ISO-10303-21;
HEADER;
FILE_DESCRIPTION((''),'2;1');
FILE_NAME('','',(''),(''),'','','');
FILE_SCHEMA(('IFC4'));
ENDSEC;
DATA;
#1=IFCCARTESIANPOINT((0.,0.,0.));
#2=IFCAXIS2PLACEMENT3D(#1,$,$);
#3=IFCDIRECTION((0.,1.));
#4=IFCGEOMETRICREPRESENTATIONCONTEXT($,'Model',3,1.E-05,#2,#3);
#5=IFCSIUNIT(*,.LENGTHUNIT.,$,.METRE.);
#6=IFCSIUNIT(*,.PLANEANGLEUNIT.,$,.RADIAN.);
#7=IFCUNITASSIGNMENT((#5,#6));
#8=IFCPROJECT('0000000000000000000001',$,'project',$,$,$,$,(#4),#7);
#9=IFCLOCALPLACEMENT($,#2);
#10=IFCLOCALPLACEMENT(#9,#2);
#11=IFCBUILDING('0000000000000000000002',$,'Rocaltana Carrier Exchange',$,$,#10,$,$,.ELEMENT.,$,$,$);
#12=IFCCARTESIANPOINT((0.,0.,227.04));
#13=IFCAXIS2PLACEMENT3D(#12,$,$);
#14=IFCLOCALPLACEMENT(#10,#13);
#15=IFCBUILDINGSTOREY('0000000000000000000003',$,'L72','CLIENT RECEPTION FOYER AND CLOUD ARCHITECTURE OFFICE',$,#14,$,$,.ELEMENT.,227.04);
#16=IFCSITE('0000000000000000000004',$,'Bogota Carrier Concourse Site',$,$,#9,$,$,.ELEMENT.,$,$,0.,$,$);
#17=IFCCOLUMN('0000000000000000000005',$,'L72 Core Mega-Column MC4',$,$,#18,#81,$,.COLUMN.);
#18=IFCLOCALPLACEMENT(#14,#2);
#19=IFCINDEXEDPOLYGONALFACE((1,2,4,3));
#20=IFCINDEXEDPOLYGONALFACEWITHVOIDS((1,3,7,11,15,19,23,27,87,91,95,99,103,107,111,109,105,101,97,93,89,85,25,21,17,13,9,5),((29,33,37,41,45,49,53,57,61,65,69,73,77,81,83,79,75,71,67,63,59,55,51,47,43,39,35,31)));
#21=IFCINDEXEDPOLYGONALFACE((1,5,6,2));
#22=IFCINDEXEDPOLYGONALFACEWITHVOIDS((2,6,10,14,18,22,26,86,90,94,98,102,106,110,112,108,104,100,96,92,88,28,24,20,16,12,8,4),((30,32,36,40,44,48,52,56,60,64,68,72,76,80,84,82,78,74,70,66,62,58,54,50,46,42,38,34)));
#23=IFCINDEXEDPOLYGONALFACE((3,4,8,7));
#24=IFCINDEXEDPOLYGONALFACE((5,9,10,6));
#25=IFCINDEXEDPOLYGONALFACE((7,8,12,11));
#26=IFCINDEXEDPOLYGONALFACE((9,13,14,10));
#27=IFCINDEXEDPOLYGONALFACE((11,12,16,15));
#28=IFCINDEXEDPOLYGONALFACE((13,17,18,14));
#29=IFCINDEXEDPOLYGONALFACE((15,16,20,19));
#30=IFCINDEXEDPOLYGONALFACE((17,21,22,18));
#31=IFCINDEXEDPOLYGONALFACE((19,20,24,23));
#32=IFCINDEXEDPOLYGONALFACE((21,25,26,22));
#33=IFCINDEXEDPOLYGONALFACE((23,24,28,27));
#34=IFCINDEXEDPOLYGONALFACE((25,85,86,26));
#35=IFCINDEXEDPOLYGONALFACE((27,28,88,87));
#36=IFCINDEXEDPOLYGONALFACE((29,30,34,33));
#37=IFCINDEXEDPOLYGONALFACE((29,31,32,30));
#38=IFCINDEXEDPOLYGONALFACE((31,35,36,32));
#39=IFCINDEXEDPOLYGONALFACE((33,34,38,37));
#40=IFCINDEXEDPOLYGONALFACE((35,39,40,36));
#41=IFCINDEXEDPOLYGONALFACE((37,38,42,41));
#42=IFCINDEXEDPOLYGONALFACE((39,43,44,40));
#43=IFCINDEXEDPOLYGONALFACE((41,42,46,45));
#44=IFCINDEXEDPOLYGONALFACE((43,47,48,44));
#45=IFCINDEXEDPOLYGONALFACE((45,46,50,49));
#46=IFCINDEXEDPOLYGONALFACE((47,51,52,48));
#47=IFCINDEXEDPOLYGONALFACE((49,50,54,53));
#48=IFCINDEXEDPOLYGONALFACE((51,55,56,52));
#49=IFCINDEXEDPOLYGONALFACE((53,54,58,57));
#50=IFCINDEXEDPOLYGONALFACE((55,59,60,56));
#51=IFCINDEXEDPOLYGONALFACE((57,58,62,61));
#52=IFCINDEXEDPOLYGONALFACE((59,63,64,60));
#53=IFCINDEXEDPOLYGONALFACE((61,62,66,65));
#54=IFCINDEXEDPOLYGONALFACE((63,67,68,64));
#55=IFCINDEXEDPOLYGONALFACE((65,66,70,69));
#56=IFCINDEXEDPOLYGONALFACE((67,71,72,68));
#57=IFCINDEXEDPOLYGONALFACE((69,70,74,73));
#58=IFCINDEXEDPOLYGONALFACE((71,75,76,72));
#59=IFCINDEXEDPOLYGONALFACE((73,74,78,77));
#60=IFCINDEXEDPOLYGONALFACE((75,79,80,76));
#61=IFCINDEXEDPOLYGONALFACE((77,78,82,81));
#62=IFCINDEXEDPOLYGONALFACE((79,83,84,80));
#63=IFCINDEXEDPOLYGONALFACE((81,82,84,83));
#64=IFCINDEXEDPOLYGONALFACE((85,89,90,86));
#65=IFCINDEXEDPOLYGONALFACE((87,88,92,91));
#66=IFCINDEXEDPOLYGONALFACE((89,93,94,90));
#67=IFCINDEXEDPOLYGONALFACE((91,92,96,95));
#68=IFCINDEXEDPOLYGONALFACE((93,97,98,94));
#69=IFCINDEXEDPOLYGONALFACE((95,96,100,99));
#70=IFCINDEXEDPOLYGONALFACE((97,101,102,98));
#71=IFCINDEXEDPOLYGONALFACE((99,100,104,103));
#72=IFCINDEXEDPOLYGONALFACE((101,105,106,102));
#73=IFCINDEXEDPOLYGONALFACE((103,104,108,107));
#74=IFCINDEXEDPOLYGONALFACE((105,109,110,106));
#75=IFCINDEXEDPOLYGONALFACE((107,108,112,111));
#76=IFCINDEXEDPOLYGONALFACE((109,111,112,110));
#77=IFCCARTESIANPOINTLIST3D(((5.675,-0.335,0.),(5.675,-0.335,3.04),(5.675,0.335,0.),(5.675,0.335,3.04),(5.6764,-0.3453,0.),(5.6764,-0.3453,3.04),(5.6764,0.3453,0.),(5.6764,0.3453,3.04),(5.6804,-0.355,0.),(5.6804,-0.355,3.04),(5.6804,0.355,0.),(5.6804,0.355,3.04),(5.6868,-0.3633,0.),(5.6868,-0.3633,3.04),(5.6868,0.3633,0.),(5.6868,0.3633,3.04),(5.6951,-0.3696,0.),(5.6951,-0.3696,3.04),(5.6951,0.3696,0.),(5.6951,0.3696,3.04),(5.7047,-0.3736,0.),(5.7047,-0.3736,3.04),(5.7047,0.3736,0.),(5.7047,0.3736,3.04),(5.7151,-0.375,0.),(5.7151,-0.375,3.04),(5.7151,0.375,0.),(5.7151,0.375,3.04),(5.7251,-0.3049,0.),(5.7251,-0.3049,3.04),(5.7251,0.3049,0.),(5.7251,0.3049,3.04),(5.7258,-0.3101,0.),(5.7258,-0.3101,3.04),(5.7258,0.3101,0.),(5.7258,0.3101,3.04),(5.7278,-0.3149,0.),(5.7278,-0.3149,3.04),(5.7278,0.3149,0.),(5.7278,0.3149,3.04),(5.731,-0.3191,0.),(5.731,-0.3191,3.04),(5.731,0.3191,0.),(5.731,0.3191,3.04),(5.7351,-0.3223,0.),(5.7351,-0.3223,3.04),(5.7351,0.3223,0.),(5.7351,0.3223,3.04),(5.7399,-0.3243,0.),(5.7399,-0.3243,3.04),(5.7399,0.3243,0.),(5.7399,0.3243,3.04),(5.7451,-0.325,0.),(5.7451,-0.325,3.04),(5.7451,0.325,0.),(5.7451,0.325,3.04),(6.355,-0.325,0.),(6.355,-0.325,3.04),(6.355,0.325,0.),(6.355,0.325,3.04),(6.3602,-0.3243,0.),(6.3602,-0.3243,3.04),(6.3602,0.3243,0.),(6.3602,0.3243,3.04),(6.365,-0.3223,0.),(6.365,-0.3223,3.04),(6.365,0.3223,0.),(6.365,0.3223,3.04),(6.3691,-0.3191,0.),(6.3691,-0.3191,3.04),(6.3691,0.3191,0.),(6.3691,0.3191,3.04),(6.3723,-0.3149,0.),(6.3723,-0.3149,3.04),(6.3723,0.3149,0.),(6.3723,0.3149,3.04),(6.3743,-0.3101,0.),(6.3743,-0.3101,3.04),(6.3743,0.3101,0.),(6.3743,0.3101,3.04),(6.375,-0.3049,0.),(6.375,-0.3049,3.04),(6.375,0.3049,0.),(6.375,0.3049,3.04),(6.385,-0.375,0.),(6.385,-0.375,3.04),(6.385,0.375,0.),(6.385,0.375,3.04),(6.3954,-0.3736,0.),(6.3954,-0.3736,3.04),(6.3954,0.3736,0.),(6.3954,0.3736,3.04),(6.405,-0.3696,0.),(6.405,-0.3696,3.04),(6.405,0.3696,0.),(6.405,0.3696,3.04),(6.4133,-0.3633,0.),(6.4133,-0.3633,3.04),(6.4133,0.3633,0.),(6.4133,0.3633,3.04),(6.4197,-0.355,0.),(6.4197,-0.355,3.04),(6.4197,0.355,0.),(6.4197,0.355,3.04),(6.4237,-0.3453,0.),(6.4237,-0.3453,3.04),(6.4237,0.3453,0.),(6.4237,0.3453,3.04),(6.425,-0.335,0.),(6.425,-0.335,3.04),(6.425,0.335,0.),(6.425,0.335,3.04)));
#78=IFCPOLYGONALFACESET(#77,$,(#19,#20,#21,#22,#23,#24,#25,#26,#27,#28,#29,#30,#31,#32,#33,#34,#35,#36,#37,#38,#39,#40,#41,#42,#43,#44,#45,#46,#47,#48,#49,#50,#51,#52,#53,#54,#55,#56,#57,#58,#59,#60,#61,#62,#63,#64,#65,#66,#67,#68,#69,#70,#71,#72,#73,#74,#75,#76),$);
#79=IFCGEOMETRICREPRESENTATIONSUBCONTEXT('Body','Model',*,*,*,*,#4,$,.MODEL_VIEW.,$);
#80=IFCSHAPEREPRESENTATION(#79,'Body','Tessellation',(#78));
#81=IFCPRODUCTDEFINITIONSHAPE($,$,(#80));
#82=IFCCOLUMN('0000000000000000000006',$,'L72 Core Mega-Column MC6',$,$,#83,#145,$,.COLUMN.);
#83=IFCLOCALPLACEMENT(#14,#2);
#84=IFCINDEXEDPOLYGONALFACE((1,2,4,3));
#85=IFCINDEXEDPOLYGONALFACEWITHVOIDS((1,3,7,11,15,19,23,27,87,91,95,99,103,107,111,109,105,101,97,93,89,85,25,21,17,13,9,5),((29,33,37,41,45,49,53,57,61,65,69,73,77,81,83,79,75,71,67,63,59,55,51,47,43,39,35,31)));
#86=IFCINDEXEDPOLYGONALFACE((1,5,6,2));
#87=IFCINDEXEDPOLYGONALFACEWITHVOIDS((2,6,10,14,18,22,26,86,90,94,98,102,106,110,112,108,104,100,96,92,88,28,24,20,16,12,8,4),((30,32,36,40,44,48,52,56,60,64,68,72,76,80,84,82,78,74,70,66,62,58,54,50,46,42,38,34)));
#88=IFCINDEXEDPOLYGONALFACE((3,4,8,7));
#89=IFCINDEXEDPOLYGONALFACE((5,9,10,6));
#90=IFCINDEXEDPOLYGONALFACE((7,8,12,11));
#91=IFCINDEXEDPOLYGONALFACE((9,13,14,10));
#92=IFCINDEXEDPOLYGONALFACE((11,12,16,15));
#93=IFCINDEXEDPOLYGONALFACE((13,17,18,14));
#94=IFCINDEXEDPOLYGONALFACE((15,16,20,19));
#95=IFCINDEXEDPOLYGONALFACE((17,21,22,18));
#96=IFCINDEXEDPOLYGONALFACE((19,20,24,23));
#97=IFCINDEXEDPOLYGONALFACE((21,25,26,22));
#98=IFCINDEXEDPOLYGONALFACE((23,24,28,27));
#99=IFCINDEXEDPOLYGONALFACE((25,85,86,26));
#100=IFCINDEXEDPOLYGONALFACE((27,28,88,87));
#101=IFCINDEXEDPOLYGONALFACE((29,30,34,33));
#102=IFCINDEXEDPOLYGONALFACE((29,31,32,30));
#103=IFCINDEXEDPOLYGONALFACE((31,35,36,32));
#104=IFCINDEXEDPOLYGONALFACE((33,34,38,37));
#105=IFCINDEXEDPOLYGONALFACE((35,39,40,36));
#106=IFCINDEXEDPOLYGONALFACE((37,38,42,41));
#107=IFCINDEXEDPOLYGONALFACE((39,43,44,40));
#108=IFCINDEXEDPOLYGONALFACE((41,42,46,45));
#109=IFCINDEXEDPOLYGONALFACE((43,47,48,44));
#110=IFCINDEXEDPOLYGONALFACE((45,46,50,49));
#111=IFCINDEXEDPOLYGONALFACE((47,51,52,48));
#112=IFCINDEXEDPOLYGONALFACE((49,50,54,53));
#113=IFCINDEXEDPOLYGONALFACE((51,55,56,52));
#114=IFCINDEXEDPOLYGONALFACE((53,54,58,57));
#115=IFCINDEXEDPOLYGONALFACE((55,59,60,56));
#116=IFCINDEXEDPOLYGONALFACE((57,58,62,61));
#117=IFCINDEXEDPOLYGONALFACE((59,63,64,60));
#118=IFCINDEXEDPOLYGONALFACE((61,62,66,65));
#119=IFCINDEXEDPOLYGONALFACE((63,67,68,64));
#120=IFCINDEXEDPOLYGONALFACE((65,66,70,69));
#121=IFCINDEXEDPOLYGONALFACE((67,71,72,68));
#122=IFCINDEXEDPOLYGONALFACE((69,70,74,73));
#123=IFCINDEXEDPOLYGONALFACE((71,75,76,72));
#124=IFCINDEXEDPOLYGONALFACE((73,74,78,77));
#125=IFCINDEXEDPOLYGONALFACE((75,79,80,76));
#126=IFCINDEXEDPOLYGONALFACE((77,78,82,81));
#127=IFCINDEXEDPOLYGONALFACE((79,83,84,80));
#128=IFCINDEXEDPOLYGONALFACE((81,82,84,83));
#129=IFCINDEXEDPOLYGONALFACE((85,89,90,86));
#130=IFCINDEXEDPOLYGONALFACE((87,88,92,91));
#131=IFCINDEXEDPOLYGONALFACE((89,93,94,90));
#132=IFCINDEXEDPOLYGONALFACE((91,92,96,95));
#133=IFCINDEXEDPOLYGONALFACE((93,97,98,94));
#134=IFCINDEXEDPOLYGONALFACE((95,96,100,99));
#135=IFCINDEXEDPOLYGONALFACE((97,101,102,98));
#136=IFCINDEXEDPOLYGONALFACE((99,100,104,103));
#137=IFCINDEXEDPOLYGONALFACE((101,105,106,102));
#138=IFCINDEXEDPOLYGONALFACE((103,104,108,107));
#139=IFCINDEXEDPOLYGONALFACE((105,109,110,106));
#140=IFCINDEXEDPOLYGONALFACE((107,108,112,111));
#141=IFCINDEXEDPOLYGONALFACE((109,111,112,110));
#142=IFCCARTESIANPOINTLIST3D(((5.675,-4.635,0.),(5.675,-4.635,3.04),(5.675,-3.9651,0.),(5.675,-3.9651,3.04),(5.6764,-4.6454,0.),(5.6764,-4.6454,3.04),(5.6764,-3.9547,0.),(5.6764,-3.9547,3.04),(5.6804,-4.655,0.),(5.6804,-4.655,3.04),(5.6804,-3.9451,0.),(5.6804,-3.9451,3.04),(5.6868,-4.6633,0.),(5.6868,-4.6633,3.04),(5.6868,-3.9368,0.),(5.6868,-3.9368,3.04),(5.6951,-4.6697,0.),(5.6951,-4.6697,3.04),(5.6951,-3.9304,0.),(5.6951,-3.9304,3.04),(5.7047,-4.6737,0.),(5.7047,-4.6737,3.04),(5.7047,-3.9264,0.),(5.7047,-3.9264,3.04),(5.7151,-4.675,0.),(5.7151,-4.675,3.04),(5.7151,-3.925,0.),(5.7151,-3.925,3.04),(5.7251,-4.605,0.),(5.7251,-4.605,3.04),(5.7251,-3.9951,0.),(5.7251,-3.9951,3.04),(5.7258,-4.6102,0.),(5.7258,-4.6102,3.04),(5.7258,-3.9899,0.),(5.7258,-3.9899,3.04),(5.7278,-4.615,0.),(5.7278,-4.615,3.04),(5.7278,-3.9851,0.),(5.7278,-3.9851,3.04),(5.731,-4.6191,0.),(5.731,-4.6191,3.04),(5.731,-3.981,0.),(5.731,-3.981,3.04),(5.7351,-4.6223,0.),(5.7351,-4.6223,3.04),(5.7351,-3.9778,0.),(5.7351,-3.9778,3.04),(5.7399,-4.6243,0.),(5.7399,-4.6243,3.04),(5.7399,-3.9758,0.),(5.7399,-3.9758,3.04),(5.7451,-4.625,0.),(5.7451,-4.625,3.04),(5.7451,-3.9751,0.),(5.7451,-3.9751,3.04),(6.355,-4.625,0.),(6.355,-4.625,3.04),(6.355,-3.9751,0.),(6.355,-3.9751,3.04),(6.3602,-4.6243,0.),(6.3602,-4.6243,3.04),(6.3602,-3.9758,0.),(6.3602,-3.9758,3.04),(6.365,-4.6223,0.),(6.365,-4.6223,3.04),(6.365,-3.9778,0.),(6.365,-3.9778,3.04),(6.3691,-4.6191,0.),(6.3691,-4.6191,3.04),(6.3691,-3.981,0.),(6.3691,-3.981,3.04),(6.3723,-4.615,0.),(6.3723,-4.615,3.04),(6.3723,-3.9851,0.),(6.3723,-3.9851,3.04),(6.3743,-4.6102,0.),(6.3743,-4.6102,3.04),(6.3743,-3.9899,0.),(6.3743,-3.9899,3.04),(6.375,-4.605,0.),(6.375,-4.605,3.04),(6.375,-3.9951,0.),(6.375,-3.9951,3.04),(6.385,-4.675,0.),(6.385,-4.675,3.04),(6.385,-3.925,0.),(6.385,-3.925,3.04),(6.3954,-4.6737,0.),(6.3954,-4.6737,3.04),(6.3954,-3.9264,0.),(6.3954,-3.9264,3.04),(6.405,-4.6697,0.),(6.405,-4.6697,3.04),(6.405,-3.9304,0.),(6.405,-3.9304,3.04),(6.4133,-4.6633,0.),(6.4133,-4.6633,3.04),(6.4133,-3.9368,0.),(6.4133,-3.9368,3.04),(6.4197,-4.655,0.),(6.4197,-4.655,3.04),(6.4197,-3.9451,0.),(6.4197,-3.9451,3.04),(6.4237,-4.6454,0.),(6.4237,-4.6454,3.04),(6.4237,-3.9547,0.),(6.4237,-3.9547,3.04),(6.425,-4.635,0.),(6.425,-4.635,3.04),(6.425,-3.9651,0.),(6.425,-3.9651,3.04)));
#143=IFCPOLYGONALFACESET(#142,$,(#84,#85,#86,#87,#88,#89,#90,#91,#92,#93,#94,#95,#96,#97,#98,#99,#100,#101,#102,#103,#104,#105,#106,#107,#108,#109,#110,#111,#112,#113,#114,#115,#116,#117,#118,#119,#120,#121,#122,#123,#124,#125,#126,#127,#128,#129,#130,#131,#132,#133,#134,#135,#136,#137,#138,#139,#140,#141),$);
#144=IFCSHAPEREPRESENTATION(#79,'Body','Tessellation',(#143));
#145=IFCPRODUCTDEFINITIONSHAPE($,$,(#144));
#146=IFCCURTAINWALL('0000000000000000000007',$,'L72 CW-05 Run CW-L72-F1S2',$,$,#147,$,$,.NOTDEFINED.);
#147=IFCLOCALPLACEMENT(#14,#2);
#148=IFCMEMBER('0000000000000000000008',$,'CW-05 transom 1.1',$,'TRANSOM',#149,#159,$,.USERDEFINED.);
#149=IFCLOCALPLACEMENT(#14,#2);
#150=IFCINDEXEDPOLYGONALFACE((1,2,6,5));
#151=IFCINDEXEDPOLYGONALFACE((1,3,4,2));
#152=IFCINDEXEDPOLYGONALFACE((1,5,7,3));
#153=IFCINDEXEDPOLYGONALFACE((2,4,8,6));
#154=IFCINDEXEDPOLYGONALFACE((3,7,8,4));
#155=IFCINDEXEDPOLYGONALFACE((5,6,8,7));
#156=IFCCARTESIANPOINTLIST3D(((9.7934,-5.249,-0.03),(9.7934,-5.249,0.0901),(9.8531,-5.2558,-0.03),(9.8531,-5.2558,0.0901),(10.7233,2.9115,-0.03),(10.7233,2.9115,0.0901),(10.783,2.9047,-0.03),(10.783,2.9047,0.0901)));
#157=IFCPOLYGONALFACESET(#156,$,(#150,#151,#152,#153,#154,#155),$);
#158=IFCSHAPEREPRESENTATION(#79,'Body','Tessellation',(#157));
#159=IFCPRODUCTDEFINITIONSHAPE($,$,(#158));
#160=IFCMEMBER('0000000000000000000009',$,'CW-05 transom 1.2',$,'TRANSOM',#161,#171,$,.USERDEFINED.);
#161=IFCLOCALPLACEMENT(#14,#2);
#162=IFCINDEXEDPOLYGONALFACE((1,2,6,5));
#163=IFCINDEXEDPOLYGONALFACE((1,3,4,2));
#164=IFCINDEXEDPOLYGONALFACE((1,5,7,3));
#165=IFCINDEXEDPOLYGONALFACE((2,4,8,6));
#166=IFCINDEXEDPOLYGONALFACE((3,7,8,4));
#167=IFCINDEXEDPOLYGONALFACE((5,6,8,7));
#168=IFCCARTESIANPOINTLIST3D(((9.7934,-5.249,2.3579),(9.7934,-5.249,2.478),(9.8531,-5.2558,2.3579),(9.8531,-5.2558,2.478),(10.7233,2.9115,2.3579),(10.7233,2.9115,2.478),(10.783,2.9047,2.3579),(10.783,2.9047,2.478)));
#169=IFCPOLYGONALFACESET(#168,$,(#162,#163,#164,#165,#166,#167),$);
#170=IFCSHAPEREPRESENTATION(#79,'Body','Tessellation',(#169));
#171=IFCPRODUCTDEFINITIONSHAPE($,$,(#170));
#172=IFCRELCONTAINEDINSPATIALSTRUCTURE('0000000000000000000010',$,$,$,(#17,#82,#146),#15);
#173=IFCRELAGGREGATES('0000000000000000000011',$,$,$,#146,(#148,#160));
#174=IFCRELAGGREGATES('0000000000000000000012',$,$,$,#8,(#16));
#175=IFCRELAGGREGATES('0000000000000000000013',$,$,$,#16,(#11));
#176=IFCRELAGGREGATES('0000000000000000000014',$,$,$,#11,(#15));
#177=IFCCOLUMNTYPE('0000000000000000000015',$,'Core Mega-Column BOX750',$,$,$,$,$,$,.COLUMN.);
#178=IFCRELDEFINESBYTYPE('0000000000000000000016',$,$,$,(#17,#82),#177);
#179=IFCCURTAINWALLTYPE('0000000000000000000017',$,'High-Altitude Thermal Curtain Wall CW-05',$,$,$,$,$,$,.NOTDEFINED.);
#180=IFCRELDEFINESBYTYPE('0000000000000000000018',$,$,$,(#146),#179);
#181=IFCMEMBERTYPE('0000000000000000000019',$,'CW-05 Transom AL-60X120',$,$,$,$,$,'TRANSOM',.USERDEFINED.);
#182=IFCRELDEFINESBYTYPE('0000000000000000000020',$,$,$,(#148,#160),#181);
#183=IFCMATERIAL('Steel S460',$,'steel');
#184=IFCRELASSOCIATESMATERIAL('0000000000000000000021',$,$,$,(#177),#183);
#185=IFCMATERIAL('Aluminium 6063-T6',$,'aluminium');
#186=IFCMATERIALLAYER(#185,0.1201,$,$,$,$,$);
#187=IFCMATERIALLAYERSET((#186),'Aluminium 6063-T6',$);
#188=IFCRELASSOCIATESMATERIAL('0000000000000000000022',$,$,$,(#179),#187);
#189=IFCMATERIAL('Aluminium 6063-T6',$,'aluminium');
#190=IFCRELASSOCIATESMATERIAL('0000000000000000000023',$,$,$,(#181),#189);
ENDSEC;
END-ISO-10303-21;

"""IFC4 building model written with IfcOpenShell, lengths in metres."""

from ifc_helpers import new_model, si_unit, direction, frame, origin, origin_2d, place, context, subcontext, project, spatial, rectangle, hollow_rectangle, extrude, material, layer, layer_set, material_profile, profile_set, type_object, element, aggregate, save


model = new_model("IFC4")

# Units and contexts
model_context = context("Model", 3, precision=1e-05, world=origin(), true_north=direction((0.0, 1.0)))
body_context = subcontext(model_context, "Body", "Model", "MODEL_VIEW")
ifc_project = project(units=[si_unit("LENGTHUNIT", "METRE"), si_unit("PLANEANGLEUNIT", "RADIAN")], contexts=[model_context])

# Site, building, storey
site_placement = place(None, origin())
site = spatial("IfcSite", under=ifc_project, at=site_placement, Name="Bogota Carrier Concourse Site", CompositionType="ELEMENT", RefElevation=0.0)
building_placement = place(site_placement, origin())
building = spatial("IfcBuilding", under=site, at=building_placement, Name="Rocaltana Carrier Exchange", CompositionType="ELEMENT")
storey_placement = place(building_placement, frame((0.0, 0.0, 227.04)))
storey = spatial("IfcBuildingStorey", under=building, at=storey_placement, Name="L72", Description="CLIENT RECEPTION FOYER AND CLOUD ARCHITECTURE OFFICE", CompositionType="ELEMENT", Elevation=227.04)

# Columns
ifc_material_1 = material(Name="Steel S460", Category="steel")
ifc_material_profile_1 = material_profile(ifc_material_1, hollow_rectangle(XDim=0.75, YDim=0.75, WallThickness=0.05, InnerFilletRadius=0.02, OuterFilletRadius=0.04, at=origin_2d()), Name="BOX750X750X50")
ifc_profile_set_1 = profile_set([ifc_material_profile_1], Name="Steel S460")
column_type = type_object("IfcColumnType", Name="Core Mega-Column BOX750", PredefinedType="COLUMN", material=ifc_profile_set_1)
for number, where, z_axis, x_axis, name in (
    (1, (6.05, 0.0, 0.0), (0.0, 0.0, 1.0), (1.0, 0.0, 0.0), "L72 Core Mega-Column MC4"),
    (2, (6.05, -4.3, 0.0), (0.0, 0.0, 1.0), (1.0, 0.0, 0.0), "L72 Core Mega-Column MC6"),
):
    element("IfcColumn", number, at=place(storey_placement, frame(where, z_axis=z_axis, x_axis=x_axis)), inside=storey, type_object=column_type, Name=name, PredefinedType="COLUMN", context=body_context, shape_type="SweptSolid", body=[
        extrude(hollow_rectangle(XDim=0.75, YDim=0.75, WallThickness=0.05, InnerFilletRadius=0.02, OuterFilletRadius=0.04, at=origin_2d()), origin(), (0.0, 0.0, 1.0), 3.04),
    ])

# Curtain wall, members
ifc_material_2 = material(Name="Aluminium 6063-T6", Category="aluminium")
ifc_layer_1 = layer(ifc_material_2, 0.1201)
ifc_layer_set_1 = layer_set([ifc_layer_1], Name="Aluminium 6063-T6")
curtain_wall_type = type_object("IfcCurtainWallType", Name="High-Altitude Thermal Curtain Wall CW-05", PredefinedType="NOTDEFINED", material=ifc_layer_set_1)
curtain_wall_placement = place(storey_placement, origin())
curtain_wall = element("IfcCurtainWall", 3, at=curtain_wall_placement, inside=storey, type_object=curtain_wall_type, Name="L72 CW-05 Run CW-L72-F1S2", PredefinedType="NOTDEFINED")
ifc_material_3 = material(Name="Aluminium 6063-T6", Category="aluminium")
ifc_material_profile_2 = material_profile(ifc_material_3, rectangle(XDim=0.0601, YDim=0.1201, at=origin_2d()), Name="AL-60X120")
ifc_profile_set_2 = profile_set([ifc_material_profile_2], Name="Aluminium 6063-T6")
member_type = type_object("IfcMemberType", Name="CW-05 Transom AL-60X120", ElementType="TRANSOM", PredefinedType="USERDEFINED", material=ifc_profile_set_2)
member_1_placement = place(storey_placement, frame((9.8232, -5.2524, 0.03), z_axis=(0.11322, 0.99357, 0.0), x_axis=(-0.99357, 0.11322, 0.0)))
member_1 = element("IfcMember", 4, at=member_1_placement, type_object=member_type, Name="CW-05 transom 1.1", ObjectType="TRANSOM", PredefinedType="USERDEFINED", context=body_context, shape_type="SweptSolid", body=[
    extrude(rectangle(XDim=0.0601, YDim=0.1201, at=origin_2d()), origin(), (0.0, 0.0, 1.0), 8.2134),
])
member_2_placement = place(storey_placement, frame((9.8232, -5.2524, 2.418), z_axis=(0.11322, 0.99357, 0.0), x_axis=(-0.99357, 0.11322, 0.0)))
member_2 = element("IfcMember", 5, at=member_2_placement, type_object=member_type, Name="CW-05 transom 1.2", ObjectType="TRANSOM", PredefinedType="USERDEFINED", context=body_context, shape_type="SweptSolid", body=[
    extrude(rectangle(XDim=0.0601, YDim=0.1201, at=origin_2d()), origin(), (0.0, 0.0, 1.0), 8.2134),
])

aggregate(curtain_wall, [member_1, member_2])

save(model, "model.ifc")
